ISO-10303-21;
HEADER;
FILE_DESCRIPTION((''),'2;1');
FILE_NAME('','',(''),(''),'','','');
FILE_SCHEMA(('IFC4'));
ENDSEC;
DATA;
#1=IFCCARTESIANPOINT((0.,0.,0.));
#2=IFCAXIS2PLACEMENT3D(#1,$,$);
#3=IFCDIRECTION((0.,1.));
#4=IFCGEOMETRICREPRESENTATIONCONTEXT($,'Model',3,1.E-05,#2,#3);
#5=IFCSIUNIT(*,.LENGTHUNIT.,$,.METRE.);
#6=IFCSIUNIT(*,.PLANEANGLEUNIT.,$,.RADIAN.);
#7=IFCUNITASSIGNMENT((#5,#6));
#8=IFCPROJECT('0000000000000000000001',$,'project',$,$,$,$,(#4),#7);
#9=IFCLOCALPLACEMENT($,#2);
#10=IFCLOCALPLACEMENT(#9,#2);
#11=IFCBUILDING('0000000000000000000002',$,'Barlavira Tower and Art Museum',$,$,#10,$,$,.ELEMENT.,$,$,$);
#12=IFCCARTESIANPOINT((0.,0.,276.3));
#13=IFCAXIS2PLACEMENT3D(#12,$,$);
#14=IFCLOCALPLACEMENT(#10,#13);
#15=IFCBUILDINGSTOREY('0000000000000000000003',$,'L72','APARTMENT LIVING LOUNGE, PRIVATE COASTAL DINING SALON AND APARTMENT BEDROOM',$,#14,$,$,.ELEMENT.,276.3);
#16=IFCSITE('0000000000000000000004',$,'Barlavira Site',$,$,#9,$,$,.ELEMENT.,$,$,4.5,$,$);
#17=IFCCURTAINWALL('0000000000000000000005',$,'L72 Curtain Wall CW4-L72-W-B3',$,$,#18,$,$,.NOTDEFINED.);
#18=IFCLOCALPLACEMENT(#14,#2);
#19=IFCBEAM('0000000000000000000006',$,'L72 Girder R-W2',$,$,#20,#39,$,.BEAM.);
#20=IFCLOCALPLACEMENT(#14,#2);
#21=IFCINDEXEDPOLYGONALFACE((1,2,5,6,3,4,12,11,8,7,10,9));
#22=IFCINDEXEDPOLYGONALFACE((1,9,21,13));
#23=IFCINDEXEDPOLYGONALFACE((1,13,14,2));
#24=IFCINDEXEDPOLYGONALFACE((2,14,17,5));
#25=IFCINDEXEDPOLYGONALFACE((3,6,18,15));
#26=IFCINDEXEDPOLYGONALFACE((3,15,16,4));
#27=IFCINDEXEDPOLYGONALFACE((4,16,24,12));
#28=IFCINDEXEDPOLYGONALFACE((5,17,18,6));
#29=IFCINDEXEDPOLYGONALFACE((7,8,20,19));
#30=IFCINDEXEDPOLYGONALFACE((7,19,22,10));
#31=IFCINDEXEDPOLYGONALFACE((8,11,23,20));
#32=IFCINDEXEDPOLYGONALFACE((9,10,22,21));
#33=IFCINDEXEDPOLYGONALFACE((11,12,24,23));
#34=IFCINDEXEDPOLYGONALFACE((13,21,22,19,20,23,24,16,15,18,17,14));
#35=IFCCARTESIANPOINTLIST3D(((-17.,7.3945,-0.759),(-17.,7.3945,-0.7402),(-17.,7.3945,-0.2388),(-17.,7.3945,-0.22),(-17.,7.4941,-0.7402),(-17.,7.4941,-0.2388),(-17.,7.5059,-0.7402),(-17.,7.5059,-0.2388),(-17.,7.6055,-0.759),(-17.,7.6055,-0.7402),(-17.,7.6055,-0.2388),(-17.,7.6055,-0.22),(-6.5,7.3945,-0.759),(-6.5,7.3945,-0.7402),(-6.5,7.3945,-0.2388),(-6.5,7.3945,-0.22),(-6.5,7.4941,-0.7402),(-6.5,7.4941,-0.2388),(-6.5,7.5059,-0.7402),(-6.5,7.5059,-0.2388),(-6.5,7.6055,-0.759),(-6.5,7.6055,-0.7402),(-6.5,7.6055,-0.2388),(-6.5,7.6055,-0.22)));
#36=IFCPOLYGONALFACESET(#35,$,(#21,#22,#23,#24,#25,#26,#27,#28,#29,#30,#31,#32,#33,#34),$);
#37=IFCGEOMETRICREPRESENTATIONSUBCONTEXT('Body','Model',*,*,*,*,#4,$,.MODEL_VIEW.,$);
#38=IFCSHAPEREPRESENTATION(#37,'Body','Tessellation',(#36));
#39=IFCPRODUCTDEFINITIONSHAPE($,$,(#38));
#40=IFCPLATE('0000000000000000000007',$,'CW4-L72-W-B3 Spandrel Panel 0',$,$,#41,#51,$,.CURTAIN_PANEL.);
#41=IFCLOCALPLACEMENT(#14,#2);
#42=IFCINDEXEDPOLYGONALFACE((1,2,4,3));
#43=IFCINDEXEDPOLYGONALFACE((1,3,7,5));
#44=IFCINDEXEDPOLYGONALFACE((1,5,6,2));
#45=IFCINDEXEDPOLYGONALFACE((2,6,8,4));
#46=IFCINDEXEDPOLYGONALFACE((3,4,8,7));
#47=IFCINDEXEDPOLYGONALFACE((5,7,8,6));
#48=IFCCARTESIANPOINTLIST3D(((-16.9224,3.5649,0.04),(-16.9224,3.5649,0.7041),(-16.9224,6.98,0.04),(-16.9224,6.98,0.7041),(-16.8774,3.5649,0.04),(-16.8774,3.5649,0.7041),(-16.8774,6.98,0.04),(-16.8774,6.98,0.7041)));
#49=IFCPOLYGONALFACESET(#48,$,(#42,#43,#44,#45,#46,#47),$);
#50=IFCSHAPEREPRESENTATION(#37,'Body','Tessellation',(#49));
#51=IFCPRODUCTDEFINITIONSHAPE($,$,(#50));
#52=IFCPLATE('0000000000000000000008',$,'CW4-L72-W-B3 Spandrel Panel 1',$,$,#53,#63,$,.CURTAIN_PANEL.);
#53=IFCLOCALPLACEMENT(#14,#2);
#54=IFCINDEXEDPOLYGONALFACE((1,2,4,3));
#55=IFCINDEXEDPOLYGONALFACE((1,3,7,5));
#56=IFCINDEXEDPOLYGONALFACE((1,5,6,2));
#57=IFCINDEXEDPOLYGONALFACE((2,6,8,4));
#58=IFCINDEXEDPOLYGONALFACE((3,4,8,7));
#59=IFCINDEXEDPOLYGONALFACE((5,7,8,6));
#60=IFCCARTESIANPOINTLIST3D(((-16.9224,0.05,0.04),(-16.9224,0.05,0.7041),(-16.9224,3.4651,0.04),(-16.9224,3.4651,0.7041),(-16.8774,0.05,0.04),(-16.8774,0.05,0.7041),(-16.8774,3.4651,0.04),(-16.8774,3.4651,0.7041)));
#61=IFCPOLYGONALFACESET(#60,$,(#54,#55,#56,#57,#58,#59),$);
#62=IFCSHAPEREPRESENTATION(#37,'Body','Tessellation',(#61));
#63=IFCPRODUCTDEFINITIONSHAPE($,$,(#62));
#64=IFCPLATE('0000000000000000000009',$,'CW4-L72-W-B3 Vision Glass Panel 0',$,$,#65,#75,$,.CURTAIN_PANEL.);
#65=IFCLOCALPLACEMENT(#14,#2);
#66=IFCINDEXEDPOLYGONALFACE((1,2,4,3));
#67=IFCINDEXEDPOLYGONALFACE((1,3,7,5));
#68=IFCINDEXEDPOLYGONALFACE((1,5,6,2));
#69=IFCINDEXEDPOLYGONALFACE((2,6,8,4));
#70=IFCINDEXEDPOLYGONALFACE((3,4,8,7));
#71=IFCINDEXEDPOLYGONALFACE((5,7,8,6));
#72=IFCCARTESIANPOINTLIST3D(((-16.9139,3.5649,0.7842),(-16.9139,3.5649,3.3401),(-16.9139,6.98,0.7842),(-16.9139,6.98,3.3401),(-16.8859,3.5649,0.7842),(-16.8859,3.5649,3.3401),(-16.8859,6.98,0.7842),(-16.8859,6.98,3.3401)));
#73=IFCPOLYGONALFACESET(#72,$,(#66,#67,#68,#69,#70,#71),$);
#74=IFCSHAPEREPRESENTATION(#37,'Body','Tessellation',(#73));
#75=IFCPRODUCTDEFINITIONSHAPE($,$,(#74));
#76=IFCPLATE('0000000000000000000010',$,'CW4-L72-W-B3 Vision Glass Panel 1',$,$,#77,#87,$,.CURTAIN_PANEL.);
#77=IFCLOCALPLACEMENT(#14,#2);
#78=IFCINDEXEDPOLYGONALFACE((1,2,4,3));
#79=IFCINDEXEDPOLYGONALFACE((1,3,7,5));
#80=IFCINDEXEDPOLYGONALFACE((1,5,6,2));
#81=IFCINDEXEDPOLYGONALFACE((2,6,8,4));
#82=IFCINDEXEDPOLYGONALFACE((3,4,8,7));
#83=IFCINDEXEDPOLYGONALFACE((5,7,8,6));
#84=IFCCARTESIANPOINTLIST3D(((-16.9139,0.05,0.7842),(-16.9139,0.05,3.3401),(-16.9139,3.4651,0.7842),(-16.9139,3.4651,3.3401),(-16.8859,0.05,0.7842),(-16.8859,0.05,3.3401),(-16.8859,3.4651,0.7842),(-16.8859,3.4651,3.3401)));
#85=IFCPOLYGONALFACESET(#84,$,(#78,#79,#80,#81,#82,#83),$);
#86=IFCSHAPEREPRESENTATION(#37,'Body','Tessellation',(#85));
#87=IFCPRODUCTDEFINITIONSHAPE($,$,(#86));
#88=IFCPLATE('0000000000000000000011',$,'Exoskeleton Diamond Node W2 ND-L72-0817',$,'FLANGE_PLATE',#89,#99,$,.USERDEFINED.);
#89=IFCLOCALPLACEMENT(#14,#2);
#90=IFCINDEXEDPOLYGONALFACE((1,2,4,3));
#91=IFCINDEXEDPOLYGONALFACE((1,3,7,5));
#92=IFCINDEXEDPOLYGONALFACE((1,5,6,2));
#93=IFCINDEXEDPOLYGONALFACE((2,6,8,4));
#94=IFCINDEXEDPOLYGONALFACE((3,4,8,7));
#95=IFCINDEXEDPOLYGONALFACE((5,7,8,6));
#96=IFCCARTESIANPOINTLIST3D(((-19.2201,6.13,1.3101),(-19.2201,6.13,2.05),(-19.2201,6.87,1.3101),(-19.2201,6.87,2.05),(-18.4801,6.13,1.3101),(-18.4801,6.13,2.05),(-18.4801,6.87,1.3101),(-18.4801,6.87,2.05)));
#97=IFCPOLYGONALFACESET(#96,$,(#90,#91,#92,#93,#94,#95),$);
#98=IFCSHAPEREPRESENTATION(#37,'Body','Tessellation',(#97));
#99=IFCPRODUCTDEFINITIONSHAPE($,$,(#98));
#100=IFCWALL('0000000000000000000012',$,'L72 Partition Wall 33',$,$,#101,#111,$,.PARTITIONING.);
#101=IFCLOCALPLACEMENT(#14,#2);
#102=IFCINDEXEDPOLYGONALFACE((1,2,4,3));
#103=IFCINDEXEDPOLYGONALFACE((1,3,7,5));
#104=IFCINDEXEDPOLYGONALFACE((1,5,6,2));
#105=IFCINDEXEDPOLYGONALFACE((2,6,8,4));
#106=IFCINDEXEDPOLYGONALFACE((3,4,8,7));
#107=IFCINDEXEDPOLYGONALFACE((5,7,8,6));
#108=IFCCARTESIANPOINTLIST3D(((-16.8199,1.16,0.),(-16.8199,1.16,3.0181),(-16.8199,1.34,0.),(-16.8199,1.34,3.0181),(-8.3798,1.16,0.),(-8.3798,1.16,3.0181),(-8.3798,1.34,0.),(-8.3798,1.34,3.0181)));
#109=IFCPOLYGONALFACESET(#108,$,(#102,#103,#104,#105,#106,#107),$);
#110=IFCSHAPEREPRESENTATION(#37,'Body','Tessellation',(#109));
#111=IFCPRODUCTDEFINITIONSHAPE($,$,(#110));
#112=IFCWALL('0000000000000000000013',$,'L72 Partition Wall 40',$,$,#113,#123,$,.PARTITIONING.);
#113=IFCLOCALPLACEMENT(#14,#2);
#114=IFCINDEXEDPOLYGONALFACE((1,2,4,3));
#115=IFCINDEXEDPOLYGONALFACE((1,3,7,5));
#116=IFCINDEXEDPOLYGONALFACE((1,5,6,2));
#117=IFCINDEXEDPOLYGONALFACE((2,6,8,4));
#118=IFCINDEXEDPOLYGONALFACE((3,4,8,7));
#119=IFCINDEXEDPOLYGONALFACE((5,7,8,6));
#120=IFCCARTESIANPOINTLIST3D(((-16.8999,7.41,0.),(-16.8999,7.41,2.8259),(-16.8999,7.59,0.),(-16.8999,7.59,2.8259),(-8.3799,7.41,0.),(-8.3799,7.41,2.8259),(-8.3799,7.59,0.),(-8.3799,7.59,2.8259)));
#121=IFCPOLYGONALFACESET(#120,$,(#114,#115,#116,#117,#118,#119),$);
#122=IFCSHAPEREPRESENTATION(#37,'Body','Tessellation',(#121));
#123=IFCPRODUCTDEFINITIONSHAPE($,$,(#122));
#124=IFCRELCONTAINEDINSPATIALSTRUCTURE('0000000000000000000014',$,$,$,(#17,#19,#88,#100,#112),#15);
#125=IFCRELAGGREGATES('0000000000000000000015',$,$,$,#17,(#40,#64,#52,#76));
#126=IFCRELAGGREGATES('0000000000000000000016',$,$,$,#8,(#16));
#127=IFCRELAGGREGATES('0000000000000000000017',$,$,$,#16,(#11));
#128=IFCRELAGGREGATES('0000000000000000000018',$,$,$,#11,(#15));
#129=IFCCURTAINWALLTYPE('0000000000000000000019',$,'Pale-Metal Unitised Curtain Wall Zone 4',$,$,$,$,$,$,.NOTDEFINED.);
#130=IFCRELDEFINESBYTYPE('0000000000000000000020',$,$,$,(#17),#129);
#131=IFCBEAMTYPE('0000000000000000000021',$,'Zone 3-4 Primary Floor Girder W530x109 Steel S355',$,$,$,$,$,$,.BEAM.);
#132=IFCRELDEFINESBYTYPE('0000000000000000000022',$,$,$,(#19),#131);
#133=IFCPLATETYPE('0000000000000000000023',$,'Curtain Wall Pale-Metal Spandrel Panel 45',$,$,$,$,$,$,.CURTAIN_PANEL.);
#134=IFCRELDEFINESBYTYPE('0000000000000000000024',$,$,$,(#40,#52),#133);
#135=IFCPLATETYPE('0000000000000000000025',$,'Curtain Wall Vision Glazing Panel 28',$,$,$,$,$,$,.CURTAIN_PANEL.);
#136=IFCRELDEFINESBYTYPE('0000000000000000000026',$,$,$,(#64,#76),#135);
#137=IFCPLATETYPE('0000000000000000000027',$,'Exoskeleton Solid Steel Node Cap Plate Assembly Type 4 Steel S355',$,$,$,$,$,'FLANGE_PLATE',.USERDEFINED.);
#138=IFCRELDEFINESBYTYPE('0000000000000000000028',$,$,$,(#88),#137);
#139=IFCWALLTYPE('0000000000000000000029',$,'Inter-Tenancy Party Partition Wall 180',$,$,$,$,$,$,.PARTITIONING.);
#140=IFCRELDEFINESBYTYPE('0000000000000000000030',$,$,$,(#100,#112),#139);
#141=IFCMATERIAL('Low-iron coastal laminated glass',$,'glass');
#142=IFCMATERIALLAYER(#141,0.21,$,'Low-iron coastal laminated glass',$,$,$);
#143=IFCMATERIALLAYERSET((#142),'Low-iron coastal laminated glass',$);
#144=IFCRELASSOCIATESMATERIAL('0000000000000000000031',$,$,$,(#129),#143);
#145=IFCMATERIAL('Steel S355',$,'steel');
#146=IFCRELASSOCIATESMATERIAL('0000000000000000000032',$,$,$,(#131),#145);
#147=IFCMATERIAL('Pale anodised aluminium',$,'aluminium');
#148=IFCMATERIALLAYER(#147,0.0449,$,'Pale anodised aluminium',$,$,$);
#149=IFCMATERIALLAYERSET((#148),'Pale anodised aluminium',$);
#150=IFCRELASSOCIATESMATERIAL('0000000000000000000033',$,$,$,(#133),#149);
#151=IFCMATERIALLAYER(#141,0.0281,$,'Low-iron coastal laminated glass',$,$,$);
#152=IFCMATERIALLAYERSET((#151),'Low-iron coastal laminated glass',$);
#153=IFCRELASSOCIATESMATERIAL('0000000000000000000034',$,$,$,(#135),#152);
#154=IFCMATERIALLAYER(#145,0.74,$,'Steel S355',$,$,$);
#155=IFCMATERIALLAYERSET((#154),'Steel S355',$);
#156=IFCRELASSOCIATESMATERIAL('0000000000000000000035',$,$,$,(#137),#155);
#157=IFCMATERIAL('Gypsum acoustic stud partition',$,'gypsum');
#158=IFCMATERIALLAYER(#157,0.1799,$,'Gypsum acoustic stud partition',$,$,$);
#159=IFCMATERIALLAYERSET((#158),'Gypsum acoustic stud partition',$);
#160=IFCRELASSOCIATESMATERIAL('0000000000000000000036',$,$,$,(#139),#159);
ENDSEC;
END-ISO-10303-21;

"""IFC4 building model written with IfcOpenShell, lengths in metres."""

from ifc_helpers import new_model, si_unit, direction, frame, frame_2d, origin, origin_2d, place, context, subcontext, project, spatial, rectangle, i_section, extrude, material, layer, layer_set, material_profile, profile_set, type_object, element, aggregate, save


model = new_model("IFC4")

# Units and contexts
model_context = context("Model", 3, precision=1e-05, world=origin(), true_north=direction((0.0, 1.0)))
body_context = subcontext(model_context, "Body", "Model", "MODEL_VIEW")
ifc_project = project(units=[si_unit("LENGTHUNIT", "METRE"), si_unit("PLANEANGLEUNIT", "RADIAN")], contexts=[model_context])

# Site, building, storey
site_placement = place(None, origin())
site = spatial("IfcSite", under=ifc_project, at=site_placement, Name="Barlavira Site", CompositionType="ELEMENT", RefElevation=4.5)
building_placement = place(site_placement, origin())
building = spatial("IfcBuilding", under=site, at=building_placement, Name="Barlavira Tower and Art Museum", CompositionType="ELEMENT")
storey_placement = place(building_placement, frame((0.0, 0.0, 276.3)))
storey = spatial("IfcBuildingStorey", under=building, at=storey_placement, Name="L72", Description="APARTMENT LIVING LOUNGE, PRIVATE COASTAL DINING SALON AND APARTMENT BEDROOM", CompositionType="ELEMENT", Elevation=276.3)

# Curtain wall
ifc_material_1 = material(Name="Low-iron coastal laminated glass", Category="glass")
ifc_layer_1 = layer(ifc_material_1, 0.21, Name="Low-iron coastal laminated glass")
ifc_layer_set_1 = layer_set([ifc_layer_1], Name="Low-iron coastal laminated glass")
curtain_wall_type = type_object("IfcCurtainWallType", Name="Pale-Metal Unitised Curtain Wall Zone 4", PredefinedType="NOTDEFINED", material=ifc_layer_set_1)
curtain_wall_placement = place(storey_placement, origin())
curtain_wall = element("IfcCurtainWall", 1, at=curtain_wall_placement, inside=storey, type_object=curtain_wall_type, Name="L72 Curtain Wall CW4-L72-W-B3", PredefinedType="NOTDEFINED")
ifc_material_2 = material(Name="Pale anodised aluminium", Category="aluminium")

# Beam
ifc_material_3 = material(Name="Steel S355", Category="steel")
ifc_material_profile_1 = material_profile(ifc_material_3, i_section(OverallWidth=0.2109, OverallDepth=0.5391, WebThickness=0.0117, FlangeThickness=0.0188, at=origin_2d()), Name="W530x109.0")
ifc_profile_set_1 = profile_set([ifc_material_profile_1], Name="Steel S355")
beam_type_1 = type_object("IfcBeamType", Name="Zone 3-4 Primary Floor Girder W530x109 Steel S355", PredefinedType="BEAM", material=ifc_profile_set_1)
beam_1_placement = place(storey_placement, frame((-17.0, 7.5, -0.4895), z_axis=(1.0, 0.0, 0.0), x_axis=(0.0, 1.0, 0.0)))
element("IfcBeam", 2, at=beam_1_placement, inside=storey, type_object=beam_type_1, Name="L72 Girder R-W2", PredefinedType="BEAM", context=body_context, shape_type="SweptSolid", body=[
    extrude(i_section(OverallWidth=0.2109, OverallDepth=0.5391, WebThickness=0.0117, FlangeThickness=0.0188, at=origin_2d()), origin(), (0.0, 0.0, 1.0), 10.5),
])

# Plates
ifc_layer_2 = layer(ifc_material_2, 0.0449, Name="Pale anodised aluminium")
ifc_layer_set_2 = layer_set([ifc_layer_2], Name="Pale anodised aluminium")
plate_type_1 = type_object("IfcPlateType", Name="Curtain Wall Pale-Metal Spandrel Panel 45", PredefinedType="CURTAIN_PANEL", material=ifc_layer_set_2)
plate_1_placement = place(storey_placement, frame((-16.8999, 5.2725, 0.04), z_axis=(0.0, 0.0, 1.0), x_axis=(0.0, -1.0, 0.0)))
plate_1 = element("IfcPlate", 3, at=plate_1_placement, type_object=plate_type_1, Name="CW4-L72-W-B3 Spandrel Panel 0", PredefinedType="CURTAIN_PANEL", context=body_context, shape_type="SweptSolid", body=[
    extrude(rectangle(XDim=3.415, YDim=0.0449, at=origin_2d()), origin(), (0.0, 0.0, 1.0), 0.6641),
])
plate_2_placement = place(storey_placement, frame((-16.8999, 1.7576, 0.04), z_axis=(0.0, 0.0, 1.0), x_axis=(0.0, -1.0, 0.0)))
plate_2 = element("IfcPlate", 4, at=plate_2_placement, type_object=plate_type_1, Name="CW4-L72-W-B3 Spandrel Panel 1", PredefinedType="CURTAIN_PANEL", context=body_context, shape_type="SweptSolid", body=[
    extrude(rectangle(XDim=3.415, YDim=0.0449, at=origin_2d()), origin(), (0.0, 0.0, 1.0), 0.6641),
])
ifc_layer_3 = layer(ifc_material_1, 0.0281, Name="Low-iron coastal laminated glass")
ifc_layer_set_3 = layer_set([ifc_layer_3], Name="Low-iron coastal laminated glass")
plate_type_2 = type_object("IfcPlateType", Name="Curtain Wall Vision Glazing Panel 28", PredefinedType="CURTAIN_PANEL", material=ifc_layer_set_3)
plate_3_placement = place(storey_placement, frame((-16.8999, 5.2725, 0.7842), z_axis=(0.0, 0.0, 1.0), x_axis=(0.0, -1.0, 0.0)))
plate_3 = element("IfcPlate", 5, at=plate_3_placement, type_object=plate_type_2, Name="CW4-L72-W-B3 Vision Glass Panel 0", PredefinedType="CURTAIN_PANEL", context=body_context, shape_type="SweptSolid", body=[
    extrude(rectangle(XDim=3.415, YDim=0.0281, at=origin_2d()), origin(), (0.0, 0.0, 1.0), 2.5559),
])
plate_4_placement = place(storey_placement, frame((-16.8999, 1.7576, 0.7842), z_axis=(0.0, 0.0, 1.0), x_axis=(0.0, -1.0, 0.0)))
plate_4 = element("IfcPlate", 6, at=plate_4_placement, type_object=plate_type_2, Name="CW4-L72-W-B3 Vision Glass Panel 1", PredefinedType="CURTAIN_PANEL", context=body_context, shape_type="SweptSolid", body=[
    extrude(rectangle(XDim=3.415, YDim=0.0281, at=origin_2d()), origin(), (0.0, 0.0, 1.0), 2.5559),
])
aggregate(curtain_wall, [plate_1, plate_3, plate_2, plate_4])
ifc_layer_4 = layer(ifc_material_3, 0.74, Name="Steel S355")
ifc_layer_set_4 = layer_set([ifc_layer_4], Name="Steel S355")
plate_type_3 = type_object("IfcPlateType", Name="Exoskeleton Solid Steel Node Cap Plate Assembly Type 4 Steel S355", ElementType="FLANGE_PLATE", PredefinedType="USERDEFINED", material=ifc_layer_set_4)
plate_5_placement = place(storey_placement, frame((-18.8501, 6.5, 1.3101), z_axis=(0.0, 0.0, 1.0), x_axis=(1.0, 0.0, 0.0)))
element("IfcPlate", 7, at=plate_5_placement, inside=storey, type_object=plate_type_3, Name="Exoskeleton Diamond Node W2 ND-L72-0817", ObjectType="FLANGE_PLATE", PredefinedType="USERDEFINED", context=body_context, shape_type="SweptSolid", body=[
    extrude(rectangle(XDim=0.74, YDim=0.74, at=origin_2d()), origin(), (0.0, 0.0, 1.0), 0.74),
])

# Walls
ifc_material_4 = material(Name="Gypsum acoustic stud partition", Category="gypsum")
ifc_layer_5 = layer(ifc_material_4, 0.1799, Name="Gypsum acoustic stud partition")
ifc_layer_set_5 = layer_set([ifc_layer_5], Name="Gypsum acoustic stud partition")
wall_type_1 = type_object("IfcWallType", Name="Inter-Tenancy Party Partition Wall 180", PredefinedType="PARTITIONING", material=ifc_layer_set_5)
wall_1_placement = place(storey_placement, frame((-16.8201, 1.25, 0.0), z_axis=(0.0, 0.0, 1.0), x_axis=(1.0, 0.0, 0.0)))
element("IfcWall", 8, at=wall_1_placement, inside=storey, type_object=wall_type_1, Name="L72 Partition Wall 33", PredefinedType="PARTITIONING", context=body_context, shape_type="SweptSolid", body=[
    extrude(rectangle(XDim=8.4402, YDim=0.1799, at=frame_2d((4.2202, 0.0))), origin(), (0.0, 0.0, 1.0), 3.0181),
])
wall_2_placement = place(storey_placement, frame((-16.8999, 7.5, 0.0), z_axis=(0.0, 0.0, 1.0), x_axis=(1.0, 0.0, 0.0)))
element("IfcWall", 9, at=wall_2_placement, inside=storey, type_object=wall_type_1, Name="L72 Partition Wall 40", PredefinedType="PARTITIONING", context=body_context, shape_type="SweptSolid", body=[
    extrude(rectangle(XDim=8.52, YDim=0.1799, at=frame_2d((4.26, 0.0))), origin(), (0.0, 0.0, 1.0), 2.8259),
])

save(model, "model.ifc")
